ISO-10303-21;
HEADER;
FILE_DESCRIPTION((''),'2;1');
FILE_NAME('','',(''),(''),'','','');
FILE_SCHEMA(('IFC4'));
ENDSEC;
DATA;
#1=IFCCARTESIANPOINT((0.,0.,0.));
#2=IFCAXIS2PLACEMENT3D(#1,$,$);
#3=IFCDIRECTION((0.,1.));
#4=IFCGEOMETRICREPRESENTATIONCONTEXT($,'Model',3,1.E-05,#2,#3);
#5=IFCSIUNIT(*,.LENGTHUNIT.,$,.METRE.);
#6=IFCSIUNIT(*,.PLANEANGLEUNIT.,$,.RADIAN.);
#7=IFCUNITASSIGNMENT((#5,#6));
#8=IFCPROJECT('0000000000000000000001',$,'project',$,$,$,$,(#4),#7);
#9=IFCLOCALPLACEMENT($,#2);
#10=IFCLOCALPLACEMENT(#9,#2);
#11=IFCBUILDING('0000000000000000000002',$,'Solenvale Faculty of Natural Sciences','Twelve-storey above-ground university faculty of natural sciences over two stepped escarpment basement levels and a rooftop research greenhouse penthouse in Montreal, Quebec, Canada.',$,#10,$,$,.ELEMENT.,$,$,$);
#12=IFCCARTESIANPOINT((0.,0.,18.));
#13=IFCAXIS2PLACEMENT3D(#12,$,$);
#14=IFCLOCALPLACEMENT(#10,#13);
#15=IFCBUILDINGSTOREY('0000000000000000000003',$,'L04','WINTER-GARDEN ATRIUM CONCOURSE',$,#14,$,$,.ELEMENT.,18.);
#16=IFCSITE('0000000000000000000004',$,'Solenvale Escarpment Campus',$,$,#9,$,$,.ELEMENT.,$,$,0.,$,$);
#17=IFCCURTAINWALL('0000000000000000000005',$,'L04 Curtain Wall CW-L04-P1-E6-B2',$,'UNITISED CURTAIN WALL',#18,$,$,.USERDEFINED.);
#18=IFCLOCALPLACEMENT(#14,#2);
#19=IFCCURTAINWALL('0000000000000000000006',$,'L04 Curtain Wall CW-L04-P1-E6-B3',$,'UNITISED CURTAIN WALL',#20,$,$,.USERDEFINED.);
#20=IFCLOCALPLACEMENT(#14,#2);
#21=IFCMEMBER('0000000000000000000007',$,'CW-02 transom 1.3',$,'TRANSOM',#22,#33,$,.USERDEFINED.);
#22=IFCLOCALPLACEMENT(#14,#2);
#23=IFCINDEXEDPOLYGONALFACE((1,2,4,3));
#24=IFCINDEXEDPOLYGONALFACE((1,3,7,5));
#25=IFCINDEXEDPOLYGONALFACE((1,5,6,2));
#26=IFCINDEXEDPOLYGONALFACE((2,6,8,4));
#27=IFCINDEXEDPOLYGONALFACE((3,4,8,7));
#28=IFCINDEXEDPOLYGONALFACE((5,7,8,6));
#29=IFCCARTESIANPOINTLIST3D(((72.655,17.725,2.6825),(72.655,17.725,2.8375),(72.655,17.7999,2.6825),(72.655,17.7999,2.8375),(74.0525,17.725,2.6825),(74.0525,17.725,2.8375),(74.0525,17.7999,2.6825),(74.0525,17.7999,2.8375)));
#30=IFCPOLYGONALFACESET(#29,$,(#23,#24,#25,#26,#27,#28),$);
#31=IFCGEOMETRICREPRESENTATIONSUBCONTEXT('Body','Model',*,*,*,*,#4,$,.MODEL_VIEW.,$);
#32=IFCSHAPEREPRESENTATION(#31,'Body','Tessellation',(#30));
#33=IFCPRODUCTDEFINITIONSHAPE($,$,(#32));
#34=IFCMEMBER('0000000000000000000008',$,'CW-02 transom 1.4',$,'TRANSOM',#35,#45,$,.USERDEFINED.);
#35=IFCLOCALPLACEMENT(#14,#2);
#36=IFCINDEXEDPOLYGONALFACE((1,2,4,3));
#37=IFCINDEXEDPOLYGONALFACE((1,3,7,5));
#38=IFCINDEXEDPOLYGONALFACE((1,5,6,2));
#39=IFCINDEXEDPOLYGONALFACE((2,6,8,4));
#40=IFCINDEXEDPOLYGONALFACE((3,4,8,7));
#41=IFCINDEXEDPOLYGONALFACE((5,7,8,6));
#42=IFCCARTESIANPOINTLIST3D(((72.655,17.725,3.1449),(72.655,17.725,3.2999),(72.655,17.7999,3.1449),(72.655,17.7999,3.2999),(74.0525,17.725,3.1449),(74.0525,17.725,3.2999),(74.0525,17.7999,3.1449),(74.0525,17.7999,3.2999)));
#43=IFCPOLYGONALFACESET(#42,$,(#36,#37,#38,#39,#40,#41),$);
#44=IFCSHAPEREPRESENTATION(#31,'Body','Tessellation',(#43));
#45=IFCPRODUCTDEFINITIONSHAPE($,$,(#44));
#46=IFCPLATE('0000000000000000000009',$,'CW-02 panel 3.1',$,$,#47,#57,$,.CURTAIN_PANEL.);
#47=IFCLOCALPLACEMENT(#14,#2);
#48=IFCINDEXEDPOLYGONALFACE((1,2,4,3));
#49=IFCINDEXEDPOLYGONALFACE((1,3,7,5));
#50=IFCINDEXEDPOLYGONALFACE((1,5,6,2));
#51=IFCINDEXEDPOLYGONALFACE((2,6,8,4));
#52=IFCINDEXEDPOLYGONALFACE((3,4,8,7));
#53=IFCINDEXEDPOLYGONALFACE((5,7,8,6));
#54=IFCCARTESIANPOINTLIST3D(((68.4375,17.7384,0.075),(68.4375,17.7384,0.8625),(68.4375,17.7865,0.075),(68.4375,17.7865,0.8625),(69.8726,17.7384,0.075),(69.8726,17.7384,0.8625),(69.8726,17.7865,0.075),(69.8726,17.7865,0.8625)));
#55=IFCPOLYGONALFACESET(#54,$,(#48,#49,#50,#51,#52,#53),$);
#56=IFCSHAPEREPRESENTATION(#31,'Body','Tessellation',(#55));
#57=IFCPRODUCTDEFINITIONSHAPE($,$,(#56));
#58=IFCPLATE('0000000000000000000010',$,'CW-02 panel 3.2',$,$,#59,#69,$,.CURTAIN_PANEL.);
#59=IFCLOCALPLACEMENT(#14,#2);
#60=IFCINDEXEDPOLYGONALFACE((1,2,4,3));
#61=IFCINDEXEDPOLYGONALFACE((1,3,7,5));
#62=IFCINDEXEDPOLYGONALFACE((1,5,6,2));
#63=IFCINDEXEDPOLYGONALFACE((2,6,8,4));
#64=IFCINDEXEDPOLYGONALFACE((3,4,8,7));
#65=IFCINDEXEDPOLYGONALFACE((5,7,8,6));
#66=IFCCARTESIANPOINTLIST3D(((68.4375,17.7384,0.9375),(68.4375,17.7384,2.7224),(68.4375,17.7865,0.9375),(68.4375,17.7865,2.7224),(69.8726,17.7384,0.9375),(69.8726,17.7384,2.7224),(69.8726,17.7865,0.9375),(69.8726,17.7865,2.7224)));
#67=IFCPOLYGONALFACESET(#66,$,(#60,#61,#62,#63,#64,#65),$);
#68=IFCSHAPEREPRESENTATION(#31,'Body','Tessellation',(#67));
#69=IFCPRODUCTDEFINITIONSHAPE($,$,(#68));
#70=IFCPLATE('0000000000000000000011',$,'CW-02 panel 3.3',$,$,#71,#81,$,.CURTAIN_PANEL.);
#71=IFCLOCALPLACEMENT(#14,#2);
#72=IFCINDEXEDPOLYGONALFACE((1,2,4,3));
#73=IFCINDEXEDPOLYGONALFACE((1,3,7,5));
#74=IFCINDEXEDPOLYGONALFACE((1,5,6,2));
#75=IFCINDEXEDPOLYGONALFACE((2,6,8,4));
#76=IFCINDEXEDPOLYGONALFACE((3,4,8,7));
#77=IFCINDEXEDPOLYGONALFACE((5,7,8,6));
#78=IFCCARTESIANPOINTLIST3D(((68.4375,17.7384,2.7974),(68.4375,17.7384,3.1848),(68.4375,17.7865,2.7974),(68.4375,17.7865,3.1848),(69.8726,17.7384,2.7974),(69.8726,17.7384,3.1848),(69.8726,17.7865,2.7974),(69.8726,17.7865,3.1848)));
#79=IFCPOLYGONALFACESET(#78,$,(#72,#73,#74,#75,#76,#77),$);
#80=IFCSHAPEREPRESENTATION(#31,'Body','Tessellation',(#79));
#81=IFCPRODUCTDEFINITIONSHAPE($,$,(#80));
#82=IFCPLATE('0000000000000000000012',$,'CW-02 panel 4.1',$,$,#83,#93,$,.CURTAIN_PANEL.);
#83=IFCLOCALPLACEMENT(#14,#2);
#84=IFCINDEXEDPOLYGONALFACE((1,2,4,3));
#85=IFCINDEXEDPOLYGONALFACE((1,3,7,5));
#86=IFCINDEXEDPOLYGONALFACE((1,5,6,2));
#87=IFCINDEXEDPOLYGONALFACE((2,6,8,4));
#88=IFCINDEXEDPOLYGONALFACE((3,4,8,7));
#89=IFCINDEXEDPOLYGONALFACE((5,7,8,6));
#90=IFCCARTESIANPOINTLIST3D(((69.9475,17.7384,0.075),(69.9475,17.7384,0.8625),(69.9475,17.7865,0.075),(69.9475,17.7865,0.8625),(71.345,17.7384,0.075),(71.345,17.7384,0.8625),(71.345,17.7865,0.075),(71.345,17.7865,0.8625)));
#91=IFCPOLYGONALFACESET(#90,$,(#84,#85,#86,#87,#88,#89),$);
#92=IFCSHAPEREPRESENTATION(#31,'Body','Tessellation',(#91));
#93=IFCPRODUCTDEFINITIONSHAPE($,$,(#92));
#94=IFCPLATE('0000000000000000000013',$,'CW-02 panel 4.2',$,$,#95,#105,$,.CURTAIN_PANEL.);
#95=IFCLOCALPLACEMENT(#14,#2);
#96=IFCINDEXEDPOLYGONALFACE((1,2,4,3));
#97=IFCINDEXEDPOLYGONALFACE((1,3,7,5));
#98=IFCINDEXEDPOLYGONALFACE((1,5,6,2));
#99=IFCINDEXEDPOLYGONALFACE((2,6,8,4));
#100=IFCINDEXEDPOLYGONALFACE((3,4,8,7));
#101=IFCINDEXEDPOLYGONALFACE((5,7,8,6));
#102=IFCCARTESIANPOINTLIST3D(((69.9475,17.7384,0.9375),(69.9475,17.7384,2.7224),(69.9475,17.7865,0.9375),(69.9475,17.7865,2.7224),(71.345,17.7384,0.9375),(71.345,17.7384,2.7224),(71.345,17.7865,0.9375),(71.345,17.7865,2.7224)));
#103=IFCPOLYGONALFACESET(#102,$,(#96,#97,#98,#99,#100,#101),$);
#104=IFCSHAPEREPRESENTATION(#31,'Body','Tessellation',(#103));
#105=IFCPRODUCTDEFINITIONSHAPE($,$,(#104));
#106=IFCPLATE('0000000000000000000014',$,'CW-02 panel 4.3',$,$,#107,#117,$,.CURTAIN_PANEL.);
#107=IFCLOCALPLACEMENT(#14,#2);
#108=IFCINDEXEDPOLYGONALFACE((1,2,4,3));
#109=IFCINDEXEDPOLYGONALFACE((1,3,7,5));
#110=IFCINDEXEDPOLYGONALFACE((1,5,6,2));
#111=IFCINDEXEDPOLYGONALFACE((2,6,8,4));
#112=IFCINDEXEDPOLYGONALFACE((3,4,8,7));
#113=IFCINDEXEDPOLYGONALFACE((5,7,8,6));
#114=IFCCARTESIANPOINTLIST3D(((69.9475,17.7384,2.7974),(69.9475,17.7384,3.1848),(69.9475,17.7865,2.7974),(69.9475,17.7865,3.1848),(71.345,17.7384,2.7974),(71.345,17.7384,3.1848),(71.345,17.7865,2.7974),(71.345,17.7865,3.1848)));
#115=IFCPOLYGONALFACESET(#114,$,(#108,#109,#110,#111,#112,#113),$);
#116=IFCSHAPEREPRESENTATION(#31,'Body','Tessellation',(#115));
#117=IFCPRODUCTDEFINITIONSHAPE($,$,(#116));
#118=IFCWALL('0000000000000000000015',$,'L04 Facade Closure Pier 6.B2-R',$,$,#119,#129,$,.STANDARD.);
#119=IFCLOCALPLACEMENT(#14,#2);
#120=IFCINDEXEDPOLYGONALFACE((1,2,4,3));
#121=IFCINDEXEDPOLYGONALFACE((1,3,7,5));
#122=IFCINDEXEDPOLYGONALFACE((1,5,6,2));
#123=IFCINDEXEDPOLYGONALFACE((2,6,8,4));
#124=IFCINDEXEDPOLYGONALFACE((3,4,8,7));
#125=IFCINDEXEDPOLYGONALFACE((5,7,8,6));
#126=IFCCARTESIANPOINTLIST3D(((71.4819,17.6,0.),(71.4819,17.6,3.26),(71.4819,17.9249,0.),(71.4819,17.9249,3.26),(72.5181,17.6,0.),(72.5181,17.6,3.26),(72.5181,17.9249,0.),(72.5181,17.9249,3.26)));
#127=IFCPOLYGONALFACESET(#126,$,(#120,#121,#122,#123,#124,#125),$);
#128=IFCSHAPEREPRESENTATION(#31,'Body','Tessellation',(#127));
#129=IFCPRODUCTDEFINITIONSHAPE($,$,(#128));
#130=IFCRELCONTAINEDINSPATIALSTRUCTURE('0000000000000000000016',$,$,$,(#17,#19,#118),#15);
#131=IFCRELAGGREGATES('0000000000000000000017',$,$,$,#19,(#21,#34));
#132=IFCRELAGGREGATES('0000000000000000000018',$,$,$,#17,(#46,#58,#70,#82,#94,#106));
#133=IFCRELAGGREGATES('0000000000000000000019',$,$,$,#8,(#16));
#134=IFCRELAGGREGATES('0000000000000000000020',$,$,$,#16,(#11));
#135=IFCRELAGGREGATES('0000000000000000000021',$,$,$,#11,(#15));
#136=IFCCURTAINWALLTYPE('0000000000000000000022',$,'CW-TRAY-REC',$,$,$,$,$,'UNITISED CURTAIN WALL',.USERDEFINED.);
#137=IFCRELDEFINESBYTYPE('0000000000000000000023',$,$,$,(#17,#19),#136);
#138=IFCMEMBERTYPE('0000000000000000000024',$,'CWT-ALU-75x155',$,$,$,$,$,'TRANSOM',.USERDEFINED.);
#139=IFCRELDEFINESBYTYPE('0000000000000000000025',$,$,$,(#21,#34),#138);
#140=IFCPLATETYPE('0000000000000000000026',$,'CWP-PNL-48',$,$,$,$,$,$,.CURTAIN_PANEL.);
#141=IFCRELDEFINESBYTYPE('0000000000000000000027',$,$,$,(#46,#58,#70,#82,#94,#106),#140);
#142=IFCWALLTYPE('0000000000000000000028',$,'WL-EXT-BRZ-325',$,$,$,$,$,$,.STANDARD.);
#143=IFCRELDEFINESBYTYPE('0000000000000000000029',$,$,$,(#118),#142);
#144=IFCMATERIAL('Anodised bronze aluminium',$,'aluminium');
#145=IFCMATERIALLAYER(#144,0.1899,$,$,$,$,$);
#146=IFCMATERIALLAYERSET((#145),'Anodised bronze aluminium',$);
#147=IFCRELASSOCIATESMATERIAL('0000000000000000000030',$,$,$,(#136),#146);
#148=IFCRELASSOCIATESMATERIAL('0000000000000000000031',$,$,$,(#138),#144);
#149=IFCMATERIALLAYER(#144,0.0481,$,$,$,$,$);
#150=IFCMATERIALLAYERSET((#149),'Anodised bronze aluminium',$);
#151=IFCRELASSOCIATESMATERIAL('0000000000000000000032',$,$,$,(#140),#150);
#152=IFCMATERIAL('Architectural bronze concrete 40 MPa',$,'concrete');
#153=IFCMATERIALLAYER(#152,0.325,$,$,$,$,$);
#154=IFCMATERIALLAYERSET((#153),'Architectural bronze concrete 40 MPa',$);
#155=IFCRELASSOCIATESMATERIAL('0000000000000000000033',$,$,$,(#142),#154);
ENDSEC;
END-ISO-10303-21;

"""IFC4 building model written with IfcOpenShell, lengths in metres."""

from ifc_helpers import new_model, si_unit, direction, frame, frame_2d, origin, origin_2d, place, context, subcontext, project, spatial, rectangle, extrude, material, layer, layer_set, material_profile, profile_set, type_object, element, aggregate, save


model = new_model("IFC4")

# Units and contexts
model_context = context("Model", 3, precision=1e-05, world=origin(), true_north=direction((0.0, 1.0)))
body_context = subcontext(model_context, "Body", "Model", "MODEL_VIEW")
ifc_project = project(units=[si_unit("LENGTHUNIT", "METRE"), si_unit("PLANEANGLEUNIT", "RADIAN")], contexts=[model_context])

# Site, building, storey
site_placement = place(None, origin())
site = spatial("IfcSite", under=ifc_project, at=site_placement, Name="Solenvale Escarpment Campus", CompositionType="ELEMENT", RefElevation=0.0)
building_placement = place(site_placement, origin())
building = spatial("IfcBuilding", under=site, at=building_placement, Name="Solenvale Faculty of Natural Sciences", Description="Twelve-storey above-ground university faculty of natural sciences over two stepped escarpment basement levels and a rooftop research greenhouse penthouse in Montreal, Quebec, Canada.", CompositionType="ELEMENT")
storey_placement = place(building_placement, frame((0.0, 0.0, 18.0)))
storey = spatial("IfcBuildingStorey", under=building, at=storey_placement, Name="L04", Description="WINTER-GARDEN ATRIUM CONCOURSE", CompositionType="ELEMENT", Elevation=18.0)

# Curtain wall
ifc_material_1 = material(Name="Anodised bronze aluminium", Category="aluminium")
ifc_layer_1 = layer(ifc_material_1, 0.1899)
ifc_layer_set_1 = layer_set([ifc_layer_1], Name="Anodised bronze aluminium")
curtain_wall_type = type_object("IfcCurtainWallType", Name="CW-TRAY-REC", ElementType="UNITISED CURTAIN WALL", PredefinedType="USERDEFINED", material=ifc_layer_set_1)
curtain_wall_1_placement = place(storey_placement, origin())
curtain_wall_1 = element("IfcCurtainWall", 1, at=curtain_wall_1_placement, inside=storey, type_object=curtain_wall_type, Name="L04 Curtain Wall CW-L04-P1-E6-B2", ObjectType="UNITISED CURTAIN WALL", PredefinedType="USERDEFINED")

# Curtain wall
curtain_wall_2_placement = place(storey_placement, origin())
curtain_wall_2 = element("IfcCurtainWall", 2, at=curtain_wall_2_placement, inside=storey, type_object=curtain_wall_type, Name="L04 Curtain Wall CW-L04-P1-E6-B3", ObjectType="UNITISED CURTAIN WALL", PredefinedType="USERDEFINED")

# Members
ifc_material_profile_1 = material_profile(ifc_material_1, rectangle(XDim=0.075, YDim=0.155, at=origin_2d()), Name="ALU-TRN-75x155")
ifc_profile_set_1 = profile_set([ifc_material_profile_1], Name="Anodised bronze aluminium")
member_type_1 = type_object("IfcMemberType", Name="CWT-ALU-75x155", ElementType="TRANSOM", PredefinedType="USERDEFINED", material=ifc_profile_set_1)
member_1_placement = place(storey_placement, frame((72.655, 17.7625, 2.76), z_axis=(1.0, 0.0, 0.0), x_axis=(0.0, 1.0, 0.0)))
member_1 = element("IfcMember", 3, at=member_1_placement, type_object=member_type_1, Name="CW-02 transom 1.3", ObjectType="TRANSOM", PredefinedType="USERDEFINED", context=body_context, shape_type="SweptSolid", body=[
    extrude(rectangle(XDim=0.075, YDim=0.155, at=origin_2d()), origin(), (0.0, 0.0, 1.0), 1.3975),
])
member_2_placement = place(storey_placement, frame((72.655, 17.7625, 3.2224), z_axis=(1.0, 0.0, 0.0), x_axis=(0.0, 1.0, 0.0)))
member_2 = element("IfcMember", 4, at=member_2_placement, type_object=member_type_1, Name="CW-02 transom 1.4", ObjectType="TRANSOM", PredefinedType="USERDEFINED", context=body_context, shape_type="SweptSolid", body=[
    extrude(rectangle(XDim=0.075, YDim=0.155, at=origin_2d()), origin(), (0.0, 0.0, 1.0), 1.3975),
])
aggregate(curtain_wall_2, [member_1, member_2])

# Plates
ifc_layer_2 = layer(ifc_material_1, 0.0481)
ifc_layer_set_2 = layer_set([ifc_layer_2], Name="Anodised bronze aluminium")
plate_type = type_object("IfcPlateType", Name="CWP-PNL-48", PredefinedType="CURTAIN_PANEL", material=ifc_layer_set_2)
plate_1_placement = place(storey_placement, frame((69.155, 17.7625, 0.075), z_axis=(0.0, 0.0, 1.0), x_axis=(1.0, 0.0, 0.0)))
plate_1 = element("IfcPlate", 5, at=plate_1_placement, type_object=plate_type, Name="CW-02 panel 3.1", PredefinedType="CURTAIN_PANEL", context=body_context, shape_type="SweptSolid", body=[
    extrude(rectangle(XDim=1.4351, YDim=0.0481, at=origin_2d()), origin(), (0.0, 0.0, 1.0), 0.7876),
])
plate_2_placement = place(storey_placement, frame((69.155, 17.7625, 0.9375), z_axis=(0.0, 0.0, 1.0), x_axis=(1.0, 0.0, 0.0)))
plate_2 = element("IfcPlate", 6, at=plate_2_placement, type_object=plate_type, Name="CW-02 panel 3.2", PredefinedType="CURTAIN_PANEL", context=body_context, shape_type="SweptSolid", body=[
    extrude(rectangle(XDim=1.4351, YDim=0.0481, at=origin_2d()), origin(), (0.0, 0.0, 1.0), 1.7849),
])
plate_3_placement = place(storey_placement, frame((69.155, 17.7625, 2.7974), z_axis=(0.0, 0.0, 1.0), x_axis=(1.0, 0.0, 0.0)))
plate_3 = element("IfcPlate", 7, at=plate_3_placement, type_object=plate_type, Name="CW-02 panel 3.3", PredefinedType="CURTAIN_PANEL", context=body_context, shape_type="SweptSolid", body=[
    extrude(rectangle(XDim=1.4351, YDim=0.0481, at=origin_2d()), origin(), (0.0, 0.0, 1.0), 0.3875),
])
plate_4_placement = place(storey_placement, frame((70.6462, 17.7625, 0.075), z_axis=(0.0, 0.0, 1.0), x_axis=(1.0, 0.0, 0.0)))
plate_4 = element("IfcPlate", 8, at=plate_4_placement, type_object=plate_type, Name="CW-02 panel 4.1", PredefinedType="CURTAIN_PANEL", context=body_context, shape_type="SweptSolid", body=[
    extrude(rectangle(XDim=1.3975, YDim=0.0481, at=origin_2d()), origin(), (0.0, 0.0, 1.0), 0.7876),
])
plate_5_placement = place(storey_placement, frame((70.6462, 17.7625, 0.9375), z_axis=(0.0, 0.0, 1.0), x_axis=(1.0, 0.0, 0.0)))
plate_5 = element("IfcPlate", 9, at=plate_5_placement, type_object=plate_type, Name="CW-02 panel 4.2", PredefinedType="CURTAIN_PANEL", context=body_context, shape_type="SweptSolid", body=[
    extrude(rectangle(XDim=1.3975, YDim=0.0481, at=origin_2d()), origin(), (0.0, 0.0, 1.0), 1.7849),
])
plate_6_placement = place(storey_placement, frame((70.6462, 17.7625, 2.7974), z_axis=(0.0, 0.0, 1.0), x_axis=(1.0, 0.0, 0.0)))
plate_6 = element("IfcPlate", 10, at=plate_6_placement, type_object=plate_type, Name="CW-02 panel 4.3", PredefinedType="CURTAIN_PANEL", context=body_context, shape_type="SweptSolid", body=[
    extrude(rectangle(XDim=1.3975, YDim=0.0481, at=origin_2d()), origin(), (0.0, 0.0, 1.0), 0.3875),
])
aggregate(curtain_wall_1, [plate_1, plate_2, plate_3, plate_4, plate_5, plate_6])

# Wall
ifc_material_2 = material(Name="Architectural bronze concrete 40 MPa", Category="concrete")
ifc_layer_3 = layer(ifc_material_2, 0.325)
ifc_layer_set_3 = layer_set([ifc_layer_3], Name="Architectural bronze concrete 40 MPa")
wall_type = type_object("IfcWallType", Name="WL-EXT-BRZ-325", PredefinedType="STANDARD", material=ifc_layer_set_3)
wall_placement = place(storey_placement, frame((71.4819, 17.7625, 0.0), z_axis=(0.0, 0.0, 1.0), x_axis=(1.0, 0.0, 0.0)))
element("IfcWall", 11, at=wall_placement, inside=storey, type_object=wall_type, Name="L04 Facade Closure Pier 6.B2-R", PredefinedType="STANDARD", context=body_context, shape_type="SweptSolid", body=[
    extrude(rectangle(XDim=1.0361, YDim=0.325, at=frame_2d((0.5181, 0.0))), origin(), (0.0, 0.0, 1.0), 3.26),
])

save(model, "model.ifc")
